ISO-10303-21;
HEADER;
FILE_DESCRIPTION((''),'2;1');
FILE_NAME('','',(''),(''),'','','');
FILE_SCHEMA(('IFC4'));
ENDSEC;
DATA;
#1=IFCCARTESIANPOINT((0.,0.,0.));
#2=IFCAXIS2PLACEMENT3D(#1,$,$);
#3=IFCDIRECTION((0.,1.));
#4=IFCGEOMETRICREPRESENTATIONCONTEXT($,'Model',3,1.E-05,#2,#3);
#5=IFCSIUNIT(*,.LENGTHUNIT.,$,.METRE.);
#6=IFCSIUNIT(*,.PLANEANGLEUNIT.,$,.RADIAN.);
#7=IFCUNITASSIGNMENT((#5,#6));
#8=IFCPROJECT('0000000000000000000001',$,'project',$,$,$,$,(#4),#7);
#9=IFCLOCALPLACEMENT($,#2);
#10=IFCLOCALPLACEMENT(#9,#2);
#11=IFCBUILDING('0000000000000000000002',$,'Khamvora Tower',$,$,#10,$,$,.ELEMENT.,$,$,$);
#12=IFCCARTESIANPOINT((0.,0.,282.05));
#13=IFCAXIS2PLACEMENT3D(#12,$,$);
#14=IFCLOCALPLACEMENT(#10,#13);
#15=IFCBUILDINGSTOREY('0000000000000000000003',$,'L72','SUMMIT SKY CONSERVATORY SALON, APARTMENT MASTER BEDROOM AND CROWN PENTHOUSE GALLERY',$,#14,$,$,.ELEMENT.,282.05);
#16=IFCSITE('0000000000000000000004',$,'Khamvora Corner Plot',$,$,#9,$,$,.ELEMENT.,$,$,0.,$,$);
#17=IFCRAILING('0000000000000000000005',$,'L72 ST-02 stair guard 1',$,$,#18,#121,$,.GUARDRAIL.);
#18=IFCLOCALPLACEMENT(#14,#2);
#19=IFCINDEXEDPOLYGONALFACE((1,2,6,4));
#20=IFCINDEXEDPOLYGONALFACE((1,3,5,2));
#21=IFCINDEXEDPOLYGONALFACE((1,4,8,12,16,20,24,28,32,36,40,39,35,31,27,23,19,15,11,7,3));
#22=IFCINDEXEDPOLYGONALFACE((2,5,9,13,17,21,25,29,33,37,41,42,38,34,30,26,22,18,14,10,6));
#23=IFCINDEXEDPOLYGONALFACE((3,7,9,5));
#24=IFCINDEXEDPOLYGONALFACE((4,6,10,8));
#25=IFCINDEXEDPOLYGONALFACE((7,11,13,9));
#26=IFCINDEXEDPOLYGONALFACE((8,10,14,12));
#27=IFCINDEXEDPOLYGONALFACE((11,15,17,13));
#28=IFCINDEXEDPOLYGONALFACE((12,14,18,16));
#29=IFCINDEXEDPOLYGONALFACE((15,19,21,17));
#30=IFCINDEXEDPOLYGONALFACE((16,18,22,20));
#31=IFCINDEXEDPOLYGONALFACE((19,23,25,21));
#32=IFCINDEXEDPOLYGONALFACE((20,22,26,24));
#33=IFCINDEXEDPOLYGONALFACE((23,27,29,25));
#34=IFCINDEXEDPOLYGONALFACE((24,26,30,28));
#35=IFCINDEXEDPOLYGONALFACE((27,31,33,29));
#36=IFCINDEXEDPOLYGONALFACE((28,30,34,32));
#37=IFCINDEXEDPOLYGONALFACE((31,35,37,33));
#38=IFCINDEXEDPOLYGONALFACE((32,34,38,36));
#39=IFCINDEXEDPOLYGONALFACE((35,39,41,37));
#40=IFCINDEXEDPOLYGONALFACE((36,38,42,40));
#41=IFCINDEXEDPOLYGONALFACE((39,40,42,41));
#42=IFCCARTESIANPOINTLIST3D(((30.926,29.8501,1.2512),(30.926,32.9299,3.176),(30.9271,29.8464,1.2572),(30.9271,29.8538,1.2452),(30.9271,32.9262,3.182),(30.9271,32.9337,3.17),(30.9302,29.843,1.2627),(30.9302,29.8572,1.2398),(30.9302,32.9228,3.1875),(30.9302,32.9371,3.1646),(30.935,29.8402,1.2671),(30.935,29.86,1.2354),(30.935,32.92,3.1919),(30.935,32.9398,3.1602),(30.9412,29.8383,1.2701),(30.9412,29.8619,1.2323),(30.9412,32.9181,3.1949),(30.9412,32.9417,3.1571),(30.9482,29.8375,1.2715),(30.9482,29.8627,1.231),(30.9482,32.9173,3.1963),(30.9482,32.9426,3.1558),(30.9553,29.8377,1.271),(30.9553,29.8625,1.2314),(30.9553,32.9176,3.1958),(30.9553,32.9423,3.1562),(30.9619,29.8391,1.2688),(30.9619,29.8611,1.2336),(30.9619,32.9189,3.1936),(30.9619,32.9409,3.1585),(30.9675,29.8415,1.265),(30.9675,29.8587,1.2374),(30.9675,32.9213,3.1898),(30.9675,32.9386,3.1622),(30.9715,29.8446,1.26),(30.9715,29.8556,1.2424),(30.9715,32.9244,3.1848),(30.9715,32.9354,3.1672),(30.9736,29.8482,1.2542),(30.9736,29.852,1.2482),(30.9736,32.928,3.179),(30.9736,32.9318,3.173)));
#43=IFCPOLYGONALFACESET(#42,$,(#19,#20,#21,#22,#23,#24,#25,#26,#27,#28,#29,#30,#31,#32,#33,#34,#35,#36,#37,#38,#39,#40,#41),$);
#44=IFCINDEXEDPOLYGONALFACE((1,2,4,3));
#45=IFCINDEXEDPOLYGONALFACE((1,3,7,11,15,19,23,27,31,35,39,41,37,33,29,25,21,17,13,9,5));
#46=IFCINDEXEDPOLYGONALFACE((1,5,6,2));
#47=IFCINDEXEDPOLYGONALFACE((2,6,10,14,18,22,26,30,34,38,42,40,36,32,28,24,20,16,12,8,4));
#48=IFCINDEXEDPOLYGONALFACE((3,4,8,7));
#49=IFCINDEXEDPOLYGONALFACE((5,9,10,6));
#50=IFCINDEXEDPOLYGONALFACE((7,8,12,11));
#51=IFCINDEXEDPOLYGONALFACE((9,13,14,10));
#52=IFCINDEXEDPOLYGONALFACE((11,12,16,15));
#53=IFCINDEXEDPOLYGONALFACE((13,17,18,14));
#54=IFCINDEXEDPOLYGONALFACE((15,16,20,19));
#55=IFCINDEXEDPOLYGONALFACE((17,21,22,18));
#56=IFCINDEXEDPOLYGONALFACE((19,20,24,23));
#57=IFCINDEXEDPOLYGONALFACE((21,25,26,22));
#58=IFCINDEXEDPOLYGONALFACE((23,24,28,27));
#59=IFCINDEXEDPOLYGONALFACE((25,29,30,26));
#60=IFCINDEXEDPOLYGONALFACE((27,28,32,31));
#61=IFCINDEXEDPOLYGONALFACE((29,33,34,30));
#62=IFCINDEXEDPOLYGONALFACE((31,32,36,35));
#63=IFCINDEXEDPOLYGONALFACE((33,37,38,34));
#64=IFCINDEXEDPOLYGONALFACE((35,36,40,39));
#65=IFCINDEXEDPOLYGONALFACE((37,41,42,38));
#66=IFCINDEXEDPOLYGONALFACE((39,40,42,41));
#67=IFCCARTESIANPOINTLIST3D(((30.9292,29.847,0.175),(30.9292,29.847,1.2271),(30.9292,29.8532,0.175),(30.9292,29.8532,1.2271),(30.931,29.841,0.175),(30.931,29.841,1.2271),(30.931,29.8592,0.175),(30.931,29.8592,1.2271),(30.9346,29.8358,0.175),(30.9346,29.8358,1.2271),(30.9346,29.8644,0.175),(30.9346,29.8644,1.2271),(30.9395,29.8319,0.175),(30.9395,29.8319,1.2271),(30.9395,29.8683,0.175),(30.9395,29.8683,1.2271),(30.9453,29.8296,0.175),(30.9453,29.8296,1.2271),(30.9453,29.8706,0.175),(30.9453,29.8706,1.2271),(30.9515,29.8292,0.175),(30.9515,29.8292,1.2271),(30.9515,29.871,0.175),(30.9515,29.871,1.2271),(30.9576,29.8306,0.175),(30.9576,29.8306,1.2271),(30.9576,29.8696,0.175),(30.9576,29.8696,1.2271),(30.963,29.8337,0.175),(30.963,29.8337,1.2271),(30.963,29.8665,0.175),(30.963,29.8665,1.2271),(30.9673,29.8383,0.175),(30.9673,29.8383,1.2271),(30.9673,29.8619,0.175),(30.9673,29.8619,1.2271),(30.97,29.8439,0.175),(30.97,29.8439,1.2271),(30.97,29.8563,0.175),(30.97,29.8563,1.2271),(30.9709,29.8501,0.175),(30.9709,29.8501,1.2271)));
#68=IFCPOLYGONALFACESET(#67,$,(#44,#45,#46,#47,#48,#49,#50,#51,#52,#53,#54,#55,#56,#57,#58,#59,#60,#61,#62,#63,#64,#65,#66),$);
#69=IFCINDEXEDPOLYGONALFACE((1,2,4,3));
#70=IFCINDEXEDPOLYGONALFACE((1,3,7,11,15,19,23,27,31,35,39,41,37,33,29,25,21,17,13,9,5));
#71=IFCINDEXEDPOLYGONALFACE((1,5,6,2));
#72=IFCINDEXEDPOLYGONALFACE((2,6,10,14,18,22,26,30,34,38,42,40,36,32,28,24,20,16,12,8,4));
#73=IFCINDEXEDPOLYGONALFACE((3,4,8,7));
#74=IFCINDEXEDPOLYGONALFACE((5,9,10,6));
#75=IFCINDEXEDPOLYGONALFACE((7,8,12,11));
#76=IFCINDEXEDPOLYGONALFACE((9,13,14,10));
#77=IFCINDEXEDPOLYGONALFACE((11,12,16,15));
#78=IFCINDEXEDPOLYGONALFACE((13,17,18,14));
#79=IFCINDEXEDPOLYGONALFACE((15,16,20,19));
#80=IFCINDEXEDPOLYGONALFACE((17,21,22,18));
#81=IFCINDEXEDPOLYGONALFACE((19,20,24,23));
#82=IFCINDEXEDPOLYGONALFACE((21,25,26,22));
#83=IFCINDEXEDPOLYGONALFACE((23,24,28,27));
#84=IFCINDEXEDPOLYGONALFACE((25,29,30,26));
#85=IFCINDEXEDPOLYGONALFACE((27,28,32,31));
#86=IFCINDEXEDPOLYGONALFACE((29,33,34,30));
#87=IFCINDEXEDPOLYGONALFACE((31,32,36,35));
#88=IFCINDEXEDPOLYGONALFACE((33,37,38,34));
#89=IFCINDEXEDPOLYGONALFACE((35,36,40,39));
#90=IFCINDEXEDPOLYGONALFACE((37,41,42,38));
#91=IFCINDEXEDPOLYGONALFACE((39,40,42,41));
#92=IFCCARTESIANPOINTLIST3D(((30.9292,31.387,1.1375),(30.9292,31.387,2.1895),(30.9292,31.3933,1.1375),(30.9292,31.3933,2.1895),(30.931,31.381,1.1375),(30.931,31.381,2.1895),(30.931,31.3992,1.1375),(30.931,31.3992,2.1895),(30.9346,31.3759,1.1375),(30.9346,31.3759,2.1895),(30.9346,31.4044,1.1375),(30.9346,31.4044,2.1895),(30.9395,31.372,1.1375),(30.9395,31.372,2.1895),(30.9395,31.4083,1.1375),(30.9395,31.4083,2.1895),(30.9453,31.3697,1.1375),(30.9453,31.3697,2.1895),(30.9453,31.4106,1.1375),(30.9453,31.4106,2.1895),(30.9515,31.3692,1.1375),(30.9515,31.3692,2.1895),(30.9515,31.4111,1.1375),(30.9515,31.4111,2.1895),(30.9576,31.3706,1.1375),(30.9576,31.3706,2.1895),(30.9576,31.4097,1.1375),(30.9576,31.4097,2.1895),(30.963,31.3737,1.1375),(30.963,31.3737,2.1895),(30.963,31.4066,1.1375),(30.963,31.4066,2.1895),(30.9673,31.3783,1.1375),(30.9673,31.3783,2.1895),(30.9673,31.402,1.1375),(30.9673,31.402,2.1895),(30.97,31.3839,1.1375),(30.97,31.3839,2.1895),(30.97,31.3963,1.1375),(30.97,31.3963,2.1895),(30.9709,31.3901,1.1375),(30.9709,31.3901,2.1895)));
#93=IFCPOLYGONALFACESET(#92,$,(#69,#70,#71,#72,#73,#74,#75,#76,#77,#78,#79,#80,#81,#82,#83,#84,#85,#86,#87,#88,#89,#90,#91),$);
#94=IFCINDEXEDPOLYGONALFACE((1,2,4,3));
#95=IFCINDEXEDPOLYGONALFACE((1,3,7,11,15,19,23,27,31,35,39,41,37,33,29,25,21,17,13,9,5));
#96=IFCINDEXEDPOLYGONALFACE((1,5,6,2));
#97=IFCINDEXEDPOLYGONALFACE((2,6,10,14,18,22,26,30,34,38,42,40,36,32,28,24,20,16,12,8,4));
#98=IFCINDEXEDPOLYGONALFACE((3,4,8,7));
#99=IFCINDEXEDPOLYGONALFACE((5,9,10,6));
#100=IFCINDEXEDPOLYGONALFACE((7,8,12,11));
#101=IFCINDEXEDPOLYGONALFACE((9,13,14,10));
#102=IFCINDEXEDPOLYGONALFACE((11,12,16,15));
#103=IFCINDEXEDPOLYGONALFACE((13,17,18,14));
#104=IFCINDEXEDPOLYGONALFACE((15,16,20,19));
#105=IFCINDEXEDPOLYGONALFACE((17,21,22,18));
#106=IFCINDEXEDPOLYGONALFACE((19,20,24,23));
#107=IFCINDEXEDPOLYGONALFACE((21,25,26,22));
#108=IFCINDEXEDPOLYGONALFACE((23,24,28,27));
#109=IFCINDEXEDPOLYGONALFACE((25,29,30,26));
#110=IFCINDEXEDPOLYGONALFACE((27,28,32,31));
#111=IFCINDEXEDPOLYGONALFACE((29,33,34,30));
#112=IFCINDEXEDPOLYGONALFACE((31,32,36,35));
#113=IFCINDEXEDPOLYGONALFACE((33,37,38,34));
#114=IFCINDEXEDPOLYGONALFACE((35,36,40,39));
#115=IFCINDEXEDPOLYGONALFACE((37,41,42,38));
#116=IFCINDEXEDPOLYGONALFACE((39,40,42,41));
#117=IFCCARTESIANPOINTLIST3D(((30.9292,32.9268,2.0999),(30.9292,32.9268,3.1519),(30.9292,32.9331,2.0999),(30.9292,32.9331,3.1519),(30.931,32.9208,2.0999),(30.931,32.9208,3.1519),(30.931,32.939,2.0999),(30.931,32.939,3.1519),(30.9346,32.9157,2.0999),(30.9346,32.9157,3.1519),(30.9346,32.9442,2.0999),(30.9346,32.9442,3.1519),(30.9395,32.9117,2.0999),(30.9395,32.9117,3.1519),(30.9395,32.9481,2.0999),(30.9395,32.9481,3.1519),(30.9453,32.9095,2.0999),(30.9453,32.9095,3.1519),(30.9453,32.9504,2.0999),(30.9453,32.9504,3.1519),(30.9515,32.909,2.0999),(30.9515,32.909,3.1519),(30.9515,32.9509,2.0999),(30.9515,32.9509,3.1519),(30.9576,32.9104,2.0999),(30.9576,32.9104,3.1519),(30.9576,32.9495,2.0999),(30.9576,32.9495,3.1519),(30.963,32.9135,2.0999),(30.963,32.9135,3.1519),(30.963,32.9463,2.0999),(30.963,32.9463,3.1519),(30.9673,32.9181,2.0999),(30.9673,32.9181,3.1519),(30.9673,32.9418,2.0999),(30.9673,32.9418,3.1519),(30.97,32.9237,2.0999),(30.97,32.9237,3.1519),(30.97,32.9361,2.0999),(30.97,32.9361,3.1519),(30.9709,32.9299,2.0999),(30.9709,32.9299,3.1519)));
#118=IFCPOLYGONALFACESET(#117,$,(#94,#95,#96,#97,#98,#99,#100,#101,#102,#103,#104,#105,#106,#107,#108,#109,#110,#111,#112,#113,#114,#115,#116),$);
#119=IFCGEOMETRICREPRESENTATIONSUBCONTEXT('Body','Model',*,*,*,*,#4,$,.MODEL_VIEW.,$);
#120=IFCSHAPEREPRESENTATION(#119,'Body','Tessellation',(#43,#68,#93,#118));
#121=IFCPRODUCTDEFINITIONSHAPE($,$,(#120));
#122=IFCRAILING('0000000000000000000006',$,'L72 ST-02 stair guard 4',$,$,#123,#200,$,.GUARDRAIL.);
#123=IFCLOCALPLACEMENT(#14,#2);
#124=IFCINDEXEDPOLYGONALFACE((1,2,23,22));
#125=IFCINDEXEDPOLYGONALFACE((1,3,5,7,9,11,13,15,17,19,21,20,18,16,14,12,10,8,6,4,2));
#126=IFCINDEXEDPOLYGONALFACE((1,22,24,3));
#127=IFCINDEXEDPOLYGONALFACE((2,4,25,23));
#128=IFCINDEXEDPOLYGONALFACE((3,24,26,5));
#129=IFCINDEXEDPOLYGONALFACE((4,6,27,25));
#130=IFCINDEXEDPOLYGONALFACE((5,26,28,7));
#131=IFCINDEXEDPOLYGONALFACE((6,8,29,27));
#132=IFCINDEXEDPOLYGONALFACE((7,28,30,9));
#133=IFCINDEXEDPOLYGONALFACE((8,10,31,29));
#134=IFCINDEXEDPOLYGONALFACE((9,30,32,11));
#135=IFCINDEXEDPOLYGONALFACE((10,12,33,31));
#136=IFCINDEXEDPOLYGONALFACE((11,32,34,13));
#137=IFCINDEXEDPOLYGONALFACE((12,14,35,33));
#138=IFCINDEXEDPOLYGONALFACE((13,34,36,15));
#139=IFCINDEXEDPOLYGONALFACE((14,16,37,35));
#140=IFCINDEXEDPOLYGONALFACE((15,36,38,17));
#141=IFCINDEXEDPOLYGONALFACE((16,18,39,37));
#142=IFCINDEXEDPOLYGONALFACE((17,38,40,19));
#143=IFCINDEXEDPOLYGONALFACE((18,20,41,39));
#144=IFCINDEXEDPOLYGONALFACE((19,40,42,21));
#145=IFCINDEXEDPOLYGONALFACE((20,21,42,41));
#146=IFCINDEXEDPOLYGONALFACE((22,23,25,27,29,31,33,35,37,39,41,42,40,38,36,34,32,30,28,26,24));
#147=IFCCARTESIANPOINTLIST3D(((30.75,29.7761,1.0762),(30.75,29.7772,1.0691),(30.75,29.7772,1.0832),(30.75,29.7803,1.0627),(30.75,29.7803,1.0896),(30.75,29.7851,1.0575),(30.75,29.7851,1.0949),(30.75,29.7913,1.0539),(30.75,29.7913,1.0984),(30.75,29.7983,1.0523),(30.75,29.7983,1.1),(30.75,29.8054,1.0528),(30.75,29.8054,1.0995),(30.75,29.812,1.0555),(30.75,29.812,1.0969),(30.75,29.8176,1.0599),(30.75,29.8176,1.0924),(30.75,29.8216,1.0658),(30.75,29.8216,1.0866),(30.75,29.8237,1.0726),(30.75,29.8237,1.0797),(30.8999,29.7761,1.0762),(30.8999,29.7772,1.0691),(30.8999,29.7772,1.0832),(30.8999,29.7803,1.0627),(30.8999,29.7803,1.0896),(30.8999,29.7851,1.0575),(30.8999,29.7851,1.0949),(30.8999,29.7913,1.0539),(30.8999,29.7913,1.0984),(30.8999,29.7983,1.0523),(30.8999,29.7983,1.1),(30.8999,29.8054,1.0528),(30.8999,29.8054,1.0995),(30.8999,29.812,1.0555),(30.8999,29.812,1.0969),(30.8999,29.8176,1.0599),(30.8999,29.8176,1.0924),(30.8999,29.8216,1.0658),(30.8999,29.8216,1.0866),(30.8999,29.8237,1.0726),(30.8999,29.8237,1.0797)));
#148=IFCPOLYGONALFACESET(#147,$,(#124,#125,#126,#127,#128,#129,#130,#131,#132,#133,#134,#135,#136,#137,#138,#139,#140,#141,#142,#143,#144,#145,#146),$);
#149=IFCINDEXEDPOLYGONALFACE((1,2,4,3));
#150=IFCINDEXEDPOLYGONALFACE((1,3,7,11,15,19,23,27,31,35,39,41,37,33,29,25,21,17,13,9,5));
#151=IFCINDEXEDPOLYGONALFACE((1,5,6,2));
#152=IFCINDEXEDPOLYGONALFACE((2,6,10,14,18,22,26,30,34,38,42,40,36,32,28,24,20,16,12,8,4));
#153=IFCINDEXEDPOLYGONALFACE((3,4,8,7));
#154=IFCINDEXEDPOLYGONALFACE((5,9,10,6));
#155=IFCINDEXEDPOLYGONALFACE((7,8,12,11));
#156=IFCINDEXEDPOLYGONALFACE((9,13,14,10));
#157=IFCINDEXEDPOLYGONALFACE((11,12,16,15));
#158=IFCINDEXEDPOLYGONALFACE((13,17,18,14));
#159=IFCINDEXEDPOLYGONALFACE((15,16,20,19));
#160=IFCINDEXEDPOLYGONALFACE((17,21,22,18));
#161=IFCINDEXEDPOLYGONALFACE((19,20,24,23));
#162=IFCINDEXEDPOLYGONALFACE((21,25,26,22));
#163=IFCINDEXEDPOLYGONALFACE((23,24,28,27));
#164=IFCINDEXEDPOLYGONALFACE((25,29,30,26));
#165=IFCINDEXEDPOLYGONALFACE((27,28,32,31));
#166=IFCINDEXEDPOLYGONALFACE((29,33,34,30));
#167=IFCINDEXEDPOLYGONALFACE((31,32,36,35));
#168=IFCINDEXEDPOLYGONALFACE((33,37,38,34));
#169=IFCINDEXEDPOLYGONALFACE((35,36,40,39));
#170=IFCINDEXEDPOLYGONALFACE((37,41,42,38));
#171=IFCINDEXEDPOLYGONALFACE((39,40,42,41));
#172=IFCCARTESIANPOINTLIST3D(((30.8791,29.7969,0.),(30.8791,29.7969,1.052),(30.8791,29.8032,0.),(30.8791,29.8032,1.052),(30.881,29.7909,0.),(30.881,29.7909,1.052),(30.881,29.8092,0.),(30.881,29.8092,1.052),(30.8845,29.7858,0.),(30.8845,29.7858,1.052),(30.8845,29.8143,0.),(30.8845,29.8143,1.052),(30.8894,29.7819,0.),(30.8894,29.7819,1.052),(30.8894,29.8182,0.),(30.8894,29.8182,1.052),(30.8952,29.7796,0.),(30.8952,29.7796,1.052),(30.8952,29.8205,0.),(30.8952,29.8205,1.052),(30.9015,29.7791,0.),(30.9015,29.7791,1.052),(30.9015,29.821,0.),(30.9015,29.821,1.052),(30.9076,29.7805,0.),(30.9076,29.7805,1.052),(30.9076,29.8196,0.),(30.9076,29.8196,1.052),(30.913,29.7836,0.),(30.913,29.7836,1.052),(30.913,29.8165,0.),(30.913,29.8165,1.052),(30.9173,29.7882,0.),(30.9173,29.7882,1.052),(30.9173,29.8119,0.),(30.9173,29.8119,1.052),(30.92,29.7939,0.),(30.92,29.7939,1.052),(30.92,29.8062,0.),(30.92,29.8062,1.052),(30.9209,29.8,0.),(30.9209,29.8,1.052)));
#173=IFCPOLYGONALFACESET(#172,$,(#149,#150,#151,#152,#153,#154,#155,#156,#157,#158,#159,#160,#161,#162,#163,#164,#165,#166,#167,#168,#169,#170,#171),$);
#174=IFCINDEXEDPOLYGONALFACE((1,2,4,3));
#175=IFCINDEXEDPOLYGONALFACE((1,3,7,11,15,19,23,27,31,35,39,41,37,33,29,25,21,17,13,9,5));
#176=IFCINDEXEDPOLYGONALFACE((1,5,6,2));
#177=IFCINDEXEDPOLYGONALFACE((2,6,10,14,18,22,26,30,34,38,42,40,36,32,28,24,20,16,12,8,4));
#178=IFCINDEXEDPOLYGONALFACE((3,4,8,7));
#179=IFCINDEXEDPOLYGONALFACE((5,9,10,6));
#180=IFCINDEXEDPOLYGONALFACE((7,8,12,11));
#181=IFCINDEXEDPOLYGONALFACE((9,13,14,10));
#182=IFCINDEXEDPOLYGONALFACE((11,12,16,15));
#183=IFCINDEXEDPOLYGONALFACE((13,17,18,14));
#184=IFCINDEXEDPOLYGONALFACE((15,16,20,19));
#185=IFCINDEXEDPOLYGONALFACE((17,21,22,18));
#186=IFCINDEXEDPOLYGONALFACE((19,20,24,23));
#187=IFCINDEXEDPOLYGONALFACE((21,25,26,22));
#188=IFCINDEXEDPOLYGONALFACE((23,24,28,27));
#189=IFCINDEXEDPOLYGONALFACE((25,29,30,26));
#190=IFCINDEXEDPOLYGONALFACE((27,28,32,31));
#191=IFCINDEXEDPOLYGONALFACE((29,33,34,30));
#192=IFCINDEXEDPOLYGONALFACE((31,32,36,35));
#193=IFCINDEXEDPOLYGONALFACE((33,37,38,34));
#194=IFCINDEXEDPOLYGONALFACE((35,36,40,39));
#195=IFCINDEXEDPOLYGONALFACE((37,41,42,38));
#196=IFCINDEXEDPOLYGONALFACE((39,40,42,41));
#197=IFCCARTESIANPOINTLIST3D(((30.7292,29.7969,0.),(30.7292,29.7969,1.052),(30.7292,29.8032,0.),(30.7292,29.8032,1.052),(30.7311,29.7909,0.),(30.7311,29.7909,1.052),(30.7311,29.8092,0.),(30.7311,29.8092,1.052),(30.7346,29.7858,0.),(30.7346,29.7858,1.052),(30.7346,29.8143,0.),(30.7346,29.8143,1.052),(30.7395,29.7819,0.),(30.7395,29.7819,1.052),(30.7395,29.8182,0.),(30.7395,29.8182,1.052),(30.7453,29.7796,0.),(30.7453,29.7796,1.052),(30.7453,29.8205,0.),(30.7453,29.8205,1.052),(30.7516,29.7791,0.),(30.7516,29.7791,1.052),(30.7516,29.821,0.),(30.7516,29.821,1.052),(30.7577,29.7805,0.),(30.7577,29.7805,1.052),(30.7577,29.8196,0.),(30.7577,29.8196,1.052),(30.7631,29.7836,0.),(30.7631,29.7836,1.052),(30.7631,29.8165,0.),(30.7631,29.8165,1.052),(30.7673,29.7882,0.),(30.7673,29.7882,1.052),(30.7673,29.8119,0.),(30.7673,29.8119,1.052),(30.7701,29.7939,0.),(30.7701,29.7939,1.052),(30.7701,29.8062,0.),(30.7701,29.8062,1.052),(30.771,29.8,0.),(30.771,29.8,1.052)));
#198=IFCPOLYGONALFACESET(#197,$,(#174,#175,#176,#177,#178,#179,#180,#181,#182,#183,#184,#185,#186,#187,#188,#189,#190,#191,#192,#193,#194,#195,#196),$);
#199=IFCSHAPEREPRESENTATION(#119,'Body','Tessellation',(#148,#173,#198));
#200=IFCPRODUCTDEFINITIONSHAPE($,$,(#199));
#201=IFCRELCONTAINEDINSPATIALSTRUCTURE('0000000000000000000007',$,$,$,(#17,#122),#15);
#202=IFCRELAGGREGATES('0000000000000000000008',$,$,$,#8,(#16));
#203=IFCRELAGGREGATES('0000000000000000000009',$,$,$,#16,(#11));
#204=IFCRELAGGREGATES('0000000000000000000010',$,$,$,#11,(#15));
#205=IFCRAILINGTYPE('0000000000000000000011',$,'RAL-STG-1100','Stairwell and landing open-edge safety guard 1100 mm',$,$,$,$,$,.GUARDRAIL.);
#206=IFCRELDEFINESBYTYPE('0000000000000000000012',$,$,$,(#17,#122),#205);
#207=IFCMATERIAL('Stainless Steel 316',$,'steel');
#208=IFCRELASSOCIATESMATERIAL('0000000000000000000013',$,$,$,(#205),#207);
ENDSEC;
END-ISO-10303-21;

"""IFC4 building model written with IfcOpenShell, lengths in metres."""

from ifc_helpers import new_model, si_unit, direction, frame, origin, origin_2d, place, context, subcontext, project, spatial, circle, extrude, material, type_object, element, save


model = new_model("IFC4")

# Units and contexts
model_context = context("Model", 3, precision=1e-05, world=origin(), true_north=direction((0.0, 1.0)))
body_context = subcontext(model_context, "Body", "Model", "MODEL_VIEW")
ifc_project = project(units=[si_unit("LENGTHUNIT", "METRE"), si_unit("PLANEANGLEUNIT", "RADIAN")], contexts=[model_context])

# Site, building, storey
site_placement = place(None, origin())
site = spatial("IfcSite", under=ifc_project, at=site_placement, Name="Khamvora Corner Plot", CompositionType="ELEMENT", RefElevation=0.0)
building_placement = place(site_placement, origin())
building = spatial("IfcBuilding", under=site, at=building_placement, Name="Khamvora Tower", CompositionType="ELEMENT")
storey_placement = place(building_placement, frame((0.0, 0.0, 282.05)))
storey = spatial("IfcBuildingStorey", under=building, at=storey_placement, Name="L72", Description="SUMMIT SKY CONSERVATORY SALON, APARTMENT MASTER BEDROOM AND CROWN PENTHOUSE GALLERY", CompositionType="ELEMENT", Elevation=282.05)

# Railings
ifc_material_1 = material(Name="Stainless Steel 316", Category="steel")
railing_type_1 = type_object("IfcRailingType", Name="RAL-STG-1100", Description="Stairwell and landing open-edge safety guard 1100 mm", PredefinedType="GUARDRAIL", material=ifc_material_1)
railing_1_placement = place(storey_placement, frame((30.95, 29.8501, 0.175)))
element("IfcRailing", 1, at=railing_1_placement, inside=storey, type_object=railing_type_1, Name="L72 ST-02 stair guard 1", PredefinedType="GUARDRAIL", context=body_context, shape_type="SweptSolid", body=[
    extrude(circle(Radius=0.0239, at=origin_2d()), frame((0.0, 0.0, 1.0762), z_axis=(0.0, 0.84801, 0.529981), x_axis=(-1.0, 0.0, 0.0)), (0.0, 0.0, 1.0), 3.6318),
    extrude(circle(Radius=0.021, at=origin_2d()), origin(), (0.0, 0.0, 1.0), 1.052),
    extrude(circle(Radius=0.021, at=origin_2d()), frame((0.0, 1.54, 0.9624)), (0.0, 0.0, 1.0), 1.052),
    extrude(circle(Radius=0.021, at=origin_2d()), frame((0.0, 3.0798, 1.9248)), (0.0, 0.0, 1.0), 1.052),
])
railing_2_placement = place(storey_placement, frame((30.8999, 29.8, 0.0)))
element("IfcRailing", 2, at=railing_2_placement, inside=storey, type_object=railing_type_1, Name="L72 ST-02 stair guard 4", PredefinedType="GUARDRAIL", context=body_context, shape_type="SweptSolid", body=[
    extrude(circle(Radius=0.0239, at=origin_2d()), frame((0.0, 0.0, 1.0762), z_axis=(-1.0, 0.0, 0.0), x_axis=(0.0, -1.0, 0.0)), (0.0, 0.0, 1.0), 0.1499),
    extrude(circle(Radius=0.021, at=origin_2d()), origin(), (0.0, 0.0, 1.0), 1.052),
    extrude(circle(Radius=0.021, at=origin_2d()), frame((-0.1499, 0.0, 0.0)), (0.0, 0.0, 1.0), 1.052),
])

save(model, "model.ifc")
